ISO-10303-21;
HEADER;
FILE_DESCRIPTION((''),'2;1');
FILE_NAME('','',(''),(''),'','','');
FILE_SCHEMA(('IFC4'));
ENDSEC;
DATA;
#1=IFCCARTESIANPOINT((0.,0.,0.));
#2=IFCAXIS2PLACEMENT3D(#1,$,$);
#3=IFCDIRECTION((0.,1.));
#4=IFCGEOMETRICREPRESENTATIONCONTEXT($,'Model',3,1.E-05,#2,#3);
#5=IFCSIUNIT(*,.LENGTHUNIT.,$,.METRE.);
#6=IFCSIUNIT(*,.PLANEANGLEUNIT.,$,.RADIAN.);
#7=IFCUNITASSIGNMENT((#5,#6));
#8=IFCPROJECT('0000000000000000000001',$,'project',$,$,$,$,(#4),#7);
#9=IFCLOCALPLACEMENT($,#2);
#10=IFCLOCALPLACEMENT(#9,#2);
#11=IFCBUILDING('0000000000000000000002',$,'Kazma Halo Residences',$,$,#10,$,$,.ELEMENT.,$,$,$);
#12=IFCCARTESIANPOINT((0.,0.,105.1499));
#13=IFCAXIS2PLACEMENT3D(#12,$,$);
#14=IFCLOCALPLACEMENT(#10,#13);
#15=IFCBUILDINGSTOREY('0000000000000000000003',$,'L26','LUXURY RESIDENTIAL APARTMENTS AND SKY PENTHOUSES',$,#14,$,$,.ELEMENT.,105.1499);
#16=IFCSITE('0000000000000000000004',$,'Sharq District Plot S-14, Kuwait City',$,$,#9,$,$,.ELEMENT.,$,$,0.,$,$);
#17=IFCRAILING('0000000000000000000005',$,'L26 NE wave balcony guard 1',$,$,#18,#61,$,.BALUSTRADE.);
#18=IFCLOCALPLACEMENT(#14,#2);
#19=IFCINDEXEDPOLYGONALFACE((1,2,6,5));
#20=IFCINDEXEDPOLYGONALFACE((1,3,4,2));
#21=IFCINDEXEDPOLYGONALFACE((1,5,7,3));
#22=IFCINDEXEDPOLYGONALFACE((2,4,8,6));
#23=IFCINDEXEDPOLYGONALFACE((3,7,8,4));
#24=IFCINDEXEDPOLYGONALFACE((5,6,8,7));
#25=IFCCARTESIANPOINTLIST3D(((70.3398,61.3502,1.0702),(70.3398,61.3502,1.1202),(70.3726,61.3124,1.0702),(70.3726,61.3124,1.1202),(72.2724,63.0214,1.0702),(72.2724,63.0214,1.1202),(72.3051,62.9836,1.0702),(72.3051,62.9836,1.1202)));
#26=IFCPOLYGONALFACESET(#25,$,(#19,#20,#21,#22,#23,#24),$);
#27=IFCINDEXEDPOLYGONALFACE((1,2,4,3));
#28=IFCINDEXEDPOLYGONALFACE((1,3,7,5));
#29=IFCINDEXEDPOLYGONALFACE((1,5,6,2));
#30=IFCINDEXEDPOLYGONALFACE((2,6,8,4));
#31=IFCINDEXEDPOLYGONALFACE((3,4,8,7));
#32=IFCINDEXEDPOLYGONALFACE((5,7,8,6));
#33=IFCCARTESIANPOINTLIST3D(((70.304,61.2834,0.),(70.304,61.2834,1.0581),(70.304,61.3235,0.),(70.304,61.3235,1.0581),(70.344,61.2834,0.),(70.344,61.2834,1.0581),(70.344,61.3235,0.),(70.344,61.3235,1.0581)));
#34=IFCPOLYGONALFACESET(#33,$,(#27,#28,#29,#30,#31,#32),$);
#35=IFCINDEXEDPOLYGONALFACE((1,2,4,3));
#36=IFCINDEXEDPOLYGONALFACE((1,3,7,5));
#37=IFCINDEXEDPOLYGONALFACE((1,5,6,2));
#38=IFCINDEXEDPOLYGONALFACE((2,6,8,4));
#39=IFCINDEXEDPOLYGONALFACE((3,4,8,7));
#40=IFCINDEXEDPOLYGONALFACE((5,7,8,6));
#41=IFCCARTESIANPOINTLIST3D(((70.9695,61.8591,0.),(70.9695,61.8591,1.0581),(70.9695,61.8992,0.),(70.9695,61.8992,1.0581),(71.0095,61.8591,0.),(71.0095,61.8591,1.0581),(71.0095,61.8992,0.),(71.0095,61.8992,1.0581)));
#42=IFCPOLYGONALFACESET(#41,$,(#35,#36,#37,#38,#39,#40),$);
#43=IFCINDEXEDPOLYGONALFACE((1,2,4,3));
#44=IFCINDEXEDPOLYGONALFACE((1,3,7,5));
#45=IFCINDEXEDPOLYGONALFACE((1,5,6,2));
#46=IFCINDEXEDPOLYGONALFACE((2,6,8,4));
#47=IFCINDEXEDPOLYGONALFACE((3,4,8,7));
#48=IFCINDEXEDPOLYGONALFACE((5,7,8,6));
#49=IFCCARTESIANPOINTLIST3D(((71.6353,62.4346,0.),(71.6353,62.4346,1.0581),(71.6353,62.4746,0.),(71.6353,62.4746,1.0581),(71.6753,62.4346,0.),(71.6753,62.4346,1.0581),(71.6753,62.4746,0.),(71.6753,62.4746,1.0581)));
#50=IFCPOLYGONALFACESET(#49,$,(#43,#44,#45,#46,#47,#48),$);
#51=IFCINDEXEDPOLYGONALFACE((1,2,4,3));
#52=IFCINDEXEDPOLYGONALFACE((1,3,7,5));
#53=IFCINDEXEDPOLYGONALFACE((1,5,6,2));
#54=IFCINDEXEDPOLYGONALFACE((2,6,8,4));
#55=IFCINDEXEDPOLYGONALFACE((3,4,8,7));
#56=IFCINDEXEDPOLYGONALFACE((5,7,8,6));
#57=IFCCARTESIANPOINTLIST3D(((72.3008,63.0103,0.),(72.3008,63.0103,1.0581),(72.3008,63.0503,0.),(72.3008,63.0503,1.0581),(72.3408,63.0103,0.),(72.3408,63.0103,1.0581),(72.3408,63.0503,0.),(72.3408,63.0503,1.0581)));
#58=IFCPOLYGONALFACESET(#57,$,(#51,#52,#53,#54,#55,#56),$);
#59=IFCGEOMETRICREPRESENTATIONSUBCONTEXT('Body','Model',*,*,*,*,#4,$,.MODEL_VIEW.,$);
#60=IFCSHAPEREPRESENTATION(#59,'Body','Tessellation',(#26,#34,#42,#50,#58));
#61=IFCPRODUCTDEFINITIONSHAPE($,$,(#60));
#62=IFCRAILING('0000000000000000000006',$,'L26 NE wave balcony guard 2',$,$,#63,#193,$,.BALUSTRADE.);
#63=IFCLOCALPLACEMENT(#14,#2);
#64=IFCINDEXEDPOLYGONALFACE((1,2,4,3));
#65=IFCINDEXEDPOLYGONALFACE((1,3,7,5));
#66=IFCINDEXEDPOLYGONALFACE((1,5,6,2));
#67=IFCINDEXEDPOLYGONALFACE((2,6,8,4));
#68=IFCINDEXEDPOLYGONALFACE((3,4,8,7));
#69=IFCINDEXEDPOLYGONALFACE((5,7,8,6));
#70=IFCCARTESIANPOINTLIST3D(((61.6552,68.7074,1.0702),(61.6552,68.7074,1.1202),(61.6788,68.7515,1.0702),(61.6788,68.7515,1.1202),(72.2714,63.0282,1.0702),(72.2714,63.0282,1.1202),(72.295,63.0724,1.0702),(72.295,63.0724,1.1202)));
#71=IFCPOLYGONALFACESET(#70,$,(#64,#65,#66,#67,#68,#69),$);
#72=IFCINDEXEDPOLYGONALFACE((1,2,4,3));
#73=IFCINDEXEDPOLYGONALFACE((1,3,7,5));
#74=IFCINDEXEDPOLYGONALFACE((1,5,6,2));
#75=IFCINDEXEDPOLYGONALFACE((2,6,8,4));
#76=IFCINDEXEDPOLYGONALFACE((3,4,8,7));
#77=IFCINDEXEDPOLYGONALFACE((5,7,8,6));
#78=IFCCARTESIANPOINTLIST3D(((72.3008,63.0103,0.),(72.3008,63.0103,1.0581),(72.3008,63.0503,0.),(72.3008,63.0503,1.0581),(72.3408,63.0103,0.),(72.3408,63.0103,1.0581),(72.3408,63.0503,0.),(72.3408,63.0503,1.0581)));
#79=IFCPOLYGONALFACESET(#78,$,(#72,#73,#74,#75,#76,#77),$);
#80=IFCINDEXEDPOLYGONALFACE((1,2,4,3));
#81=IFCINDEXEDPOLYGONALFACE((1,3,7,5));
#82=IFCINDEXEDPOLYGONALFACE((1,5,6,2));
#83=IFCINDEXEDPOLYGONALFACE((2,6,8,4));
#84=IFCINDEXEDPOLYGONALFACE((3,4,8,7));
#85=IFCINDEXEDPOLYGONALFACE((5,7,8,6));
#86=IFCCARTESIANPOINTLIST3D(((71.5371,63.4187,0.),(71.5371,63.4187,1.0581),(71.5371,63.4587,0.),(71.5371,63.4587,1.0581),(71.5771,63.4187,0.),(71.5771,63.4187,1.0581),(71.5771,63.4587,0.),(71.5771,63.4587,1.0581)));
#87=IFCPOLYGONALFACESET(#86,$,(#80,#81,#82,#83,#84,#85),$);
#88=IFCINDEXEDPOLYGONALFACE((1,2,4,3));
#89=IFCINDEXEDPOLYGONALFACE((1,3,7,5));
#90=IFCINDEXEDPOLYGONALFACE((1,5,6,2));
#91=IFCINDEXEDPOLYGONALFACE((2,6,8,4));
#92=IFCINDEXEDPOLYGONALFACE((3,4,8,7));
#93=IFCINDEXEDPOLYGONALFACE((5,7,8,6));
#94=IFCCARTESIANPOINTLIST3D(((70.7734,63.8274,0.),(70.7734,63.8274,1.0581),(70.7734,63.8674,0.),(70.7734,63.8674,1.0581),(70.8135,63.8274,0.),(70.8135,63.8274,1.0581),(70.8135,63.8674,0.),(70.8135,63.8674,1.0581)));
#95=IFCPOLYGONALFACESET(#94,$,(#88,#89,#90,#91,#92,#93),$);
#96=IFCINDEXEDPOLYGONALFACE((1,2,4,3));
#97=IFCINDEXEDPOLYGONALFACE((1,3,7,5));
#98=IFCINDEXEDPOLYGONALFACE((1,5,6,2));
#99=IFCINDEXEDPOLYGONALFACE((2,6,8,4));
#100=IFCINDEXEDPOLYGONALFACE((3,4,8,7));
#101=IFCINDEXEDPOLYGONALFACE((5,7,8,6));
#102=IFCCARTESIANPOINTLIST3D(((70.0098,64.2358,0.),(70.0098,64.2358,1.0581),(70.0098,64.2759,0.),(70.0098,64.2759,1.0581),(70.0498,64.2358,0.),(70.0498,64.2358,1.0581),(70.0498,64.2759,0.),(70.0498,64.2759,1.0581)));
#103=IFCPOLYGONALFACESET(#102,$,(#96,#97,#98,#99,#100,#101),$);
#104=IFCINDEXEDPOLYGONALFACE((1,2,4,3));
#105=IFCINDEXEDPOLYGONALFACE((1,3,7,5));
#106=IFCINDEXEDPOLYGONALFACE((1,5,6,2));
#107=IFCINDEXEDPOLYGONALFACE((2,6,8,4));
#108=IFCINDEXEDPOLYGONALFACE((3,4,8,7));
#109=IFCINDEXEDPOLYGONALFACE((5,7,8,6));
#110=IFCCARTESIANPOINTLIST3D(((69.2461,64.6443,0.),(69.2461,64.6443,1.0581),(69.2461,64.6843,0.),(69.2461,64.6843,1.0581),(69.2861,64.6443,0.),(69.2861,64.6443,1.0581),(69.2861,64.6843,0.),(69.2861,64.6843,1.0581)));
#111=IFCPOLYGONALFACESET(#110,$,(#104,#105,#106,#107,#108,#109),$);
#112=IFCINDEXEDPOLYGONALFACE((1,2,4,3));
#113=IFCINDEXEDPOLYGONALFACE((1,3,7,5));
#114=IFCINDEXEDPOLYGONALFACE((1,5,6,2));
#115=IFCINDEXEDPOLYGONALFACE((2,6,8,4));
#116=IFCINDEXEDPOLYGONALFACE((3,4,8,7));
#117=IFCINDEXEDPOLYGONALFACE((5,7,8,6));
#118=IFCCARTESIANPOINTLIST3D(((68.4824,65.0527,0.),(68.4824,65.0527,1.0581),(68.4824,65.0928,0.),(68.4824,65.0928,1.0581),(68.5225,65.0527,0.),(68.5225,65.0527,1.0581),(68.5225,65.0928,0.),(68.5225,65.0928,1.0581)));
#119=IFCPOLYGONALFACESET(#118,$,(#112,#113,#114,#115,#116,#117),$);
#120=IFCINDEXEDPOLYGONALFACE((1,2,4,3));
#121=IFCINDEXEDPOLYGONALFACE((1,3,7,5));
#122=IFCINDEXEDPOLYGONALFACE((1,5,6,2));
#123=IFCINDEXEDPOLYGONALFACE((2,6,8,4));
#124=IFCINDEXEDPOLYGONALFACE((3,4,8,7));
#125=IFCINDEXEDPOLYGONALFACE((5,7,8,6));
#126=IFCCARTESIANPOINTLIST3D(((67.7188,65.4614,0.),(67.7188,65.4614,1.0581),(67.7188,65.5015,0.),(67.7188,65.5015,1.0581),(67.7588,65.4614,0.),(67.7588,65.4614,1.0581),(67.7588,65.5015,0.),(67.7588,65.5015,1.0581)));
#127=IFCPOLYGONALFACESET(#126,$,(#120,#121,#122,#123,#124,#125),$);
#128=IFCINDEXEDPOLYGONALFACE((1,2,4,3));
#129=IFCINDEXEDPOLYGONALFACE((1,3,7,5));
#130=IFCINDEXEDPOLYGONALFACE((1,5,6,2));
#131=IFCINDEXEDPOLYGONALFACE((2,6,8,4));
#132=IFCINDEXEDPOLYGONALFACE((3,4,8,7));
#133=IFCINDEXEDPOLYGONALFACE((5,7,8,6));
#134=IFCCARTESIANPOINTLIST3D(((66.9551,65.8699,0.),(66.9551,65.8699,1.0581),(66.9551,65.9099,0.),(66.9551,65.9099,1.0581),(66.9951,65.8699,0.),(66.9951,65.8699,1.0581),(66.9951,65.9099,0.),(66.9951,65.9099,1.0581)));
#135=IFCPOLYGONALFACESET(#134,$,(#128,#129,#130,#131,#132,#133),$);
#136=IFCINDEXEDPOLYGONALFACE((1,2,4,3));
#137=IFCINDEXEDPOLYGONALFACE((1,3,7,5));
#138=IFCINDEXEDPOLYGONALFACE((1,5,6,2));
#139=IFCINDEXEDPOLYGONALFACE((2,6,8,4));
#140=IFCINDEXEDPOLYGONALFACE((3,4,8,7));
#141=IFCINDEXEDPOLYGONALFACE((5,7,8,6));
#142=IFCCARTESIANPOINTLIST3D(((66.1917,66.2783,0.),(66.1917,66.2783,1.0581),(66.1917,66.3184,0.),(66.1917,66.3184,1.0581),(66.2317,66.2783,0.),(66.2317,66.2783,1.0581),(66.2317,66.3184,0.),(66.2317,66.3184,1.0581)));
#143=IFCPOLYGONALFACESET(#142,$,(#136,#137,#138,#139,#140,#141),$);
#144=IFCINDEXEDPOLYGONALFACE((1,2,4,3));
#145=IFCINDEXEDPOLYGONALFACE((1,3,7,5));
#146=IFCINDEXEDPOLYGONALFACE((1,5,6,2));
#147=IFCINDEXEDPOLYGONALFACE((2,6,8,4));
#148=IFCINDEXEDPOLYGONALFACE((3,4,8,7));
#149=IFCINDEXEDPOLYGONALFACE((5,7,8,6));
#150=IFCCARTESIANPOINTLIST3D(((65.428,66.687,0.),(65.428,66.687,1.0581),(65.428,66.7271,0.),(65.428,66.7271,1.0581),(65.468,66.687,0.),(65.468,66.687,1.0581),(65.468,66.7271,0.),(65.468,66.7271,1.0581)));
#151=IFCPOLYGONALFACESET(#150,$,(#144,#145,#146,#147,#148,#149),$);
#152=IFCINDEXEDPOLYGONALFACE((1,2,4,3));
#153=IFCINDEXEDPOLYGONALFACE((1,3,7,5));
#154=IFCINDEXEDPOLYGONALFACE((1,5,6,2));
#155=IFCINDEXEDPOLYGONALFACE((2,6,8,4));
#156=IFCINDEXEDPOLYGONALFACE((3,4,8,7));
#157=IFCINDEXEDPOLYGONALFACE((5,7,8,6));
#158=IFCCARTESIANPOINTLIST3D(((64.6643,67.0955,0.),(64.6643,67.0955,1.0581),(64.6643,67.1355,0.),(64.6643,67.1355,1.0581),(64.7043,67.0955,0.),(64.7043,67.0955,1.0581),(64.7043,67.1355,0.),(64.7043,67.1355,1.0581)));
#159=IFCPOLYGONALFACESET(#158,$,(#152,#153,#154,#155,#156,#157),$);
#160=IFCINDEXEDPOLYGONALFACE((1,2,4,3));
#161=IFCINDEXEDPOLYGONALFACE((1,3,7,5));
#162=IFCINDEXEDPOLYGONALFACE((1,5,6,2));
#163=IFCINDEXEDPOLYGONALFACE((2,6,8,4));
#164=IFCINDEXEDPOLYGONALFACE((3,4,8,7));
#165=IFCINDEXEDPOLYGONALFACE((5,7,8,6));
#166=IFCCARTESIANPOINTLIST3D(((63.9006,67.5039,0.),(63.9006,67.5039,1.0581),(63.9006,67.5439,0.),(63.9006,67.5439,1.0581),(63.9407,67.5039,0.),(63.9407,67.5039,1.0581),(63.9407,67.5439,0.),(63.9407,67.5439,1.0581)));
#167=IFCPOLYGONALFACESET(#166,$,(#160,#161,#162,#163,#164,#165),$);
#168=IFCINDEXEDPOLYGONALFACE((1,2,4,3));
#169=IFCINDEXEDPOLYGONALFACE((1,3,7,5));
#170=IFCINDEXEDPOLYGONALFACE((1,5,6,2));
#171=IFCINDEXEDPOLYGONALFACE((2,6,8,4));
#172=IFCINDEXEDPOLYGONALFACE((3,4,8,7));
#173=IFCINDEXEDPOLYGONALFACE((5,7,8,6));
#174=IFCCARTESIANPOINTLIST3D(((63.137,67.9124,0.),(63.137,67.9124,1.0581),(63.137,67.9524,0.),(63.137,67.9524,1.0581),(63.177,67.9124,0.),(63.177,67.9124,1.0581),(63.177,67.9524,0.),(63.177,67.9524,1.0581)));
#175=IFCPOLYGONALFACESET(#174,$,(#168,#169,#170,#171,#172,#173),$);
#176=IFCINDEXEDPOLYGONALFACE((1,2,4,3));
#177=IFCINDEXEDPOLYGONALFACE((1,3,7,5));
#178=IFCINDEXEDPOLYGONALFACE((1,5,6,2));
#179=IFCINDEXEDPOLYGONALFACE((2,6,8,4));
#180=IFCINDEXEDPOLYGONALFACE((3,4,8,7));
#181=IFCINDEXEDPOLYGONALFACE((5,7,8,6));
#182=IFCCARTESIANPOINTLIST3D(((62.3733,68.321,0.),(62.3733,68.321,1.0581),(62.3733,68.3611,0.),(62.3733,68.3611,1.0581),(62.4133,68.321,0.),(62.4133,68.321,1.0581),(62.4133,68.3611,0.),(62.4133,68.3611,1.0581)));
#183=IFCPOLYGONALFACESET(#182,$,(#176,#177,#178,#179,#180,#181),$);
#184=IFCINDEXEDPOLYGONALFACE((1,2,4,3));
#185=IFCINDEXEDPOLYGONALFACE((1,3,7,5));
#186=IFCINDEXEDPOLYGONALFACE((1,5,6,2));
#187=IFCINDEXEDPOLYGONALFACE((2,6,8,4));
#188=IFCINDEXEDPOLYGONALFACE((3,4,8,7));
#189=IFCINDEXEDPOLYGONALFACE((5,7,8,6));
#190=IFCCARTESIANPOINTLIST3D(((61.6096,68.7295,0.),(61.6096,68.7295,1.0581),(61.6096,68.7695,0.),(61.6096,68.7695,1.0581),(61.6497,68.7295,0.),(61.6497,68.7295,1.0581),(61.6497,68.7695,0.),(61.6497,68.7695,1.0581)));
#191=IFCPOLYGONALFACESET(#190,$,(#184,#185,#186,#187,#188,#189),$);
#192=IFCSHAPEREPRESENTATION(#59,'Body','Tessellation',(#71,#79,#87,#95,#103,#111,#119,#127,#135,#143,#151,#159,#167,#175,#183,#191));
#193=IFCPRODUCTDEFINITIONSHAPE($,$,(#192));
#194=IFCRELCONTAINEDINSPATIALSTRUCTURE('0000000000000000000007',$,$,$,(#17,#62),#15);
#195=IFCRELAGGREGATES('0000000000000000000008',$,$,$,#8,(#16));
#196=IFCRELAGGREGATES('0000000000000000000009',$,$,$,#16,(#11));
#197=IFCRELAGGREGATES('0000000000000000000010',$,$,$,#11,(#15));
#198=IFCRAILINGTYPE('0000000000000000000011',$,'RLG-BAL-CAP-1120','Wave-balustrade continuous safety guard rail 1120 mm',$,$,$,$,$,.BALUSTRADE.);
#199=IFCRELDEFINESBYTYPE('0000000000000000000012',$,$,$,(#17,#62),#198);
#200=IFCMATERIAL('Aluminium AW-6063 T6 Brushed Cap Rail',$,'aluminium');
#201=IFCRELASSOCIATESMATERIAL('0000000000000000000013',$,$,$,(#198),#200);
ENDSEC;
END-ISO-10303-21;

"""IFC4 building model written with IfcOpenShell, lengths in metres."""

from ifc_helpers import new_model, si_unit, direction, frame, origin, origin_2d, place, context, subcontext, project, spatial, rectangle, extrude, material, type_object, element, save


model = new_model("IFC4")

# Units and contexts
model_context = context("Model", 3, precision=1e-05, world=origin(), true_north=direction((0.0, 1.0)))
body_context = subcontext(model_context, "Body", "Model", "MODEL_VIEW")
ifc_project = project(units=[si_unit("LENGTHUNIT", "METRE"), si_unit("PLANEANGLEUNIT", "RADIAN")], contexts=[model_context])

# Site, building, storey
site_placement = place(None, origin())
site = spatial("IfcSite", under=ifc_project, at=site_placement, Name="Sharq District Plot S-14, Kuwait City", CompositionType="ELEMENT", RefElevation=0.0)
building_placement = place(site_placement, origin())
building = spatial("IfcBuilding", under=site, at=building_placement, Name="Kazma Halo Residences", CompositionType="ELEMENT")
storey_placement = place(building_placement, frame((0.0, 0.0, 105.1499)))
storey = spatial("IfcBuildingStorey", under=building, at=storey_placement, Name="L26", Description="LUXURY RESIDENTIAL APARTMENTS AND SKY PENTHOUSES", CompositionType="ELEMENT", Elevation=105.1499)

# Railings
ifc_material_1 = material(Name="Aluminium AW-6063 T6 Brushed Cap Rail", Category="aluminium")
railing_type = type_object("IfcRailingType", Name="RLG-BAL-CAP-1120", Description="Wave-balustrade continuous safety guard rail 1120 mm", PredefinedType="BALUSTRADE", material=ifc_material_1)
railing_1_placement = place(storey_placement, frame((70.324, 61.3035, 0.0)))
element("IfcRailing", 1, at=railing_1_placement, inside=storey, type_object=railing_type, Name="L26 NE wave balcony guard 1", PredefinedType="BALUSTRADE", context=body_context, shape_type="SweptSolid", body=[
    extrude(rectangle(XDim=0.05, YDim=0.05, at=origin_2d()), frame((0.0322, 0.0278, 1.0952), z_axis=(0.756397, 0.654113, 0.0), x_axis=(-0.654113, 0.756397, 0.0)), (0.0, 0.0, 1.0), 2.5549),
    extrude(rectangle(XDim=0.04, YDim=0.04, at=origin_2d()), origin(), (0.0, 0.0, 1.0), 1.0581),
    extrude(rectangle(XDim=0.04, YDim=0.04, at=origin_2d()), frame((0.6655, 0.5757, 0.0)), (0.0, 0.0, 1.0), 1.0581),
    extrude(rectangle(XDim=0.04, YDim=0.04, at=origin_2d()), frame((1.3313, 1.1511, 0.0)), (0.0, 0.0, 1.0), 1.0581),
    extrude(rectangle(XDim=0.04, YDim=0.04, at=origin_2d()), frame((1.9968, 1.7268, 0.0)), (0.0, 0.0, 1.0), 1.0581),
])
railing_2_placement = place(storey_placement, frame((72.3208, 63.0303, 0.0)))
element("IfcRailing", 2, at=railing_2_placement, inside=storey, type_object=railing_type, Name="L26 NE wave balcony guard 2", PredefinedType="BALUSTRADE", context=body_context, shape_type="SweptSolid", body=[
    extrude(rectangle(XDim=0.05, YDim=0.05, at=origin_2d()), frame((-0.0376, 0.02, 1.0952), z_axis=(-0.88176, 0.471698, 0.0), x_axis=(-0.471698, -0.88176, 0.0)), (0.0, 0.0, 1.0), 12.0398),
    extrude(rectangle(XDim=0.04, YDim=0.04, at=origin_2d()), origin(), (0.0, 0.0, 1.0), 1.0581),
    extrude(rectangle(XDim=0.04, YDim=0.04, at=origin_2d()), frame((-0.7637, 0.4084, 0.0)), (0.0, 0.0, 1.0), 1.0581),
    extrude(rectangle(XDim=0.04, YDim=0.04, at=origin_2d()), frame((-1.5273, 0.8171, 0.0)), (0.0, 0.0, 1.0), 1.0581),
    extrude(rectangle(XDim=0.04, YDim=0.04, at=origin_2d()), frame((-2.291, 1.2256, 0.0)), (0.0, 0.0, 1.0), 1.0581),
    extrude(rectangle(XDim=0.04, YDim=0.04, at=origin_2d()), frame((-3.0547, 1.634, 0.0)), (0.0, 0.0, 1.0), 1.0581),
    extrude(rectangle(XDim=0.04, YDim=0.04, at=origin_2d()), frame((-3.8184, 2.0425, 0.0)), (0.0, 0.0, 1.0), 1.0581),
    extrude(rectangle(XDim=0.04, YDim=0.04, at=origin_2d()), frame((-4.582, 2.4512, 0.0)), (0.0, 0.0, 1.0), 1.0581),
    extrude(rectangle(XDim=0.04, YDim=0.04, at=origin_2d()), frame((-5.3457, 2.8596, 0.0)), (0.0, 0.0, 1.0), 1.0581),
    extrude(rectangle(XDim=0.04, YDim=0.04, at=origin_2d()), frame((-6.1091, 3.2681, 0.0)), (0.0, 0.0, 1.0), 1.0581),
    extrude(rectangle(XDim=0.04, YDim=0.04, at=origin_2d()), frame((-6.8728, 3.6768, 0.0)), (0.0, 0.0, 1.0), 1.0581),
    extrude(rectangle(XDim=0.04, YDim=0.04, at=origin_2d()), frame((-7.6365, 4.0852, 0.0)), (0.0, 0.0, 1.0), 1.0581),
    extrude(rectangle(XDim=0.04, YDim=0.04, at=origin_2d()), frame((-8.4001, 4.4937, 0.0)), (0.0, 0.0, 1.0), 1.0581),
    extrude(rectangle(XDim=0.04, YDim=0.04, at=origin_2d()), frame((-9.1638, 4.9021, 0.0)), (0.0, 0.0, 1.0), 1.0581),
    extrude(rectangle(XDim=0.04, YDim=0.04, at=origin_2d()), frame((-9.9275, 5.3108, 0.0)), (0.0, 0.0, 1.0), 1.0581),
    extrude(rectangle(XDim=0.04, YDim=0.04, at=origin_2d()), frame((-10.6912, 5.7192, 0.0)), (0.0, 0.0, 1.0), 1.0581),
])

save(model, "model.ifc")
